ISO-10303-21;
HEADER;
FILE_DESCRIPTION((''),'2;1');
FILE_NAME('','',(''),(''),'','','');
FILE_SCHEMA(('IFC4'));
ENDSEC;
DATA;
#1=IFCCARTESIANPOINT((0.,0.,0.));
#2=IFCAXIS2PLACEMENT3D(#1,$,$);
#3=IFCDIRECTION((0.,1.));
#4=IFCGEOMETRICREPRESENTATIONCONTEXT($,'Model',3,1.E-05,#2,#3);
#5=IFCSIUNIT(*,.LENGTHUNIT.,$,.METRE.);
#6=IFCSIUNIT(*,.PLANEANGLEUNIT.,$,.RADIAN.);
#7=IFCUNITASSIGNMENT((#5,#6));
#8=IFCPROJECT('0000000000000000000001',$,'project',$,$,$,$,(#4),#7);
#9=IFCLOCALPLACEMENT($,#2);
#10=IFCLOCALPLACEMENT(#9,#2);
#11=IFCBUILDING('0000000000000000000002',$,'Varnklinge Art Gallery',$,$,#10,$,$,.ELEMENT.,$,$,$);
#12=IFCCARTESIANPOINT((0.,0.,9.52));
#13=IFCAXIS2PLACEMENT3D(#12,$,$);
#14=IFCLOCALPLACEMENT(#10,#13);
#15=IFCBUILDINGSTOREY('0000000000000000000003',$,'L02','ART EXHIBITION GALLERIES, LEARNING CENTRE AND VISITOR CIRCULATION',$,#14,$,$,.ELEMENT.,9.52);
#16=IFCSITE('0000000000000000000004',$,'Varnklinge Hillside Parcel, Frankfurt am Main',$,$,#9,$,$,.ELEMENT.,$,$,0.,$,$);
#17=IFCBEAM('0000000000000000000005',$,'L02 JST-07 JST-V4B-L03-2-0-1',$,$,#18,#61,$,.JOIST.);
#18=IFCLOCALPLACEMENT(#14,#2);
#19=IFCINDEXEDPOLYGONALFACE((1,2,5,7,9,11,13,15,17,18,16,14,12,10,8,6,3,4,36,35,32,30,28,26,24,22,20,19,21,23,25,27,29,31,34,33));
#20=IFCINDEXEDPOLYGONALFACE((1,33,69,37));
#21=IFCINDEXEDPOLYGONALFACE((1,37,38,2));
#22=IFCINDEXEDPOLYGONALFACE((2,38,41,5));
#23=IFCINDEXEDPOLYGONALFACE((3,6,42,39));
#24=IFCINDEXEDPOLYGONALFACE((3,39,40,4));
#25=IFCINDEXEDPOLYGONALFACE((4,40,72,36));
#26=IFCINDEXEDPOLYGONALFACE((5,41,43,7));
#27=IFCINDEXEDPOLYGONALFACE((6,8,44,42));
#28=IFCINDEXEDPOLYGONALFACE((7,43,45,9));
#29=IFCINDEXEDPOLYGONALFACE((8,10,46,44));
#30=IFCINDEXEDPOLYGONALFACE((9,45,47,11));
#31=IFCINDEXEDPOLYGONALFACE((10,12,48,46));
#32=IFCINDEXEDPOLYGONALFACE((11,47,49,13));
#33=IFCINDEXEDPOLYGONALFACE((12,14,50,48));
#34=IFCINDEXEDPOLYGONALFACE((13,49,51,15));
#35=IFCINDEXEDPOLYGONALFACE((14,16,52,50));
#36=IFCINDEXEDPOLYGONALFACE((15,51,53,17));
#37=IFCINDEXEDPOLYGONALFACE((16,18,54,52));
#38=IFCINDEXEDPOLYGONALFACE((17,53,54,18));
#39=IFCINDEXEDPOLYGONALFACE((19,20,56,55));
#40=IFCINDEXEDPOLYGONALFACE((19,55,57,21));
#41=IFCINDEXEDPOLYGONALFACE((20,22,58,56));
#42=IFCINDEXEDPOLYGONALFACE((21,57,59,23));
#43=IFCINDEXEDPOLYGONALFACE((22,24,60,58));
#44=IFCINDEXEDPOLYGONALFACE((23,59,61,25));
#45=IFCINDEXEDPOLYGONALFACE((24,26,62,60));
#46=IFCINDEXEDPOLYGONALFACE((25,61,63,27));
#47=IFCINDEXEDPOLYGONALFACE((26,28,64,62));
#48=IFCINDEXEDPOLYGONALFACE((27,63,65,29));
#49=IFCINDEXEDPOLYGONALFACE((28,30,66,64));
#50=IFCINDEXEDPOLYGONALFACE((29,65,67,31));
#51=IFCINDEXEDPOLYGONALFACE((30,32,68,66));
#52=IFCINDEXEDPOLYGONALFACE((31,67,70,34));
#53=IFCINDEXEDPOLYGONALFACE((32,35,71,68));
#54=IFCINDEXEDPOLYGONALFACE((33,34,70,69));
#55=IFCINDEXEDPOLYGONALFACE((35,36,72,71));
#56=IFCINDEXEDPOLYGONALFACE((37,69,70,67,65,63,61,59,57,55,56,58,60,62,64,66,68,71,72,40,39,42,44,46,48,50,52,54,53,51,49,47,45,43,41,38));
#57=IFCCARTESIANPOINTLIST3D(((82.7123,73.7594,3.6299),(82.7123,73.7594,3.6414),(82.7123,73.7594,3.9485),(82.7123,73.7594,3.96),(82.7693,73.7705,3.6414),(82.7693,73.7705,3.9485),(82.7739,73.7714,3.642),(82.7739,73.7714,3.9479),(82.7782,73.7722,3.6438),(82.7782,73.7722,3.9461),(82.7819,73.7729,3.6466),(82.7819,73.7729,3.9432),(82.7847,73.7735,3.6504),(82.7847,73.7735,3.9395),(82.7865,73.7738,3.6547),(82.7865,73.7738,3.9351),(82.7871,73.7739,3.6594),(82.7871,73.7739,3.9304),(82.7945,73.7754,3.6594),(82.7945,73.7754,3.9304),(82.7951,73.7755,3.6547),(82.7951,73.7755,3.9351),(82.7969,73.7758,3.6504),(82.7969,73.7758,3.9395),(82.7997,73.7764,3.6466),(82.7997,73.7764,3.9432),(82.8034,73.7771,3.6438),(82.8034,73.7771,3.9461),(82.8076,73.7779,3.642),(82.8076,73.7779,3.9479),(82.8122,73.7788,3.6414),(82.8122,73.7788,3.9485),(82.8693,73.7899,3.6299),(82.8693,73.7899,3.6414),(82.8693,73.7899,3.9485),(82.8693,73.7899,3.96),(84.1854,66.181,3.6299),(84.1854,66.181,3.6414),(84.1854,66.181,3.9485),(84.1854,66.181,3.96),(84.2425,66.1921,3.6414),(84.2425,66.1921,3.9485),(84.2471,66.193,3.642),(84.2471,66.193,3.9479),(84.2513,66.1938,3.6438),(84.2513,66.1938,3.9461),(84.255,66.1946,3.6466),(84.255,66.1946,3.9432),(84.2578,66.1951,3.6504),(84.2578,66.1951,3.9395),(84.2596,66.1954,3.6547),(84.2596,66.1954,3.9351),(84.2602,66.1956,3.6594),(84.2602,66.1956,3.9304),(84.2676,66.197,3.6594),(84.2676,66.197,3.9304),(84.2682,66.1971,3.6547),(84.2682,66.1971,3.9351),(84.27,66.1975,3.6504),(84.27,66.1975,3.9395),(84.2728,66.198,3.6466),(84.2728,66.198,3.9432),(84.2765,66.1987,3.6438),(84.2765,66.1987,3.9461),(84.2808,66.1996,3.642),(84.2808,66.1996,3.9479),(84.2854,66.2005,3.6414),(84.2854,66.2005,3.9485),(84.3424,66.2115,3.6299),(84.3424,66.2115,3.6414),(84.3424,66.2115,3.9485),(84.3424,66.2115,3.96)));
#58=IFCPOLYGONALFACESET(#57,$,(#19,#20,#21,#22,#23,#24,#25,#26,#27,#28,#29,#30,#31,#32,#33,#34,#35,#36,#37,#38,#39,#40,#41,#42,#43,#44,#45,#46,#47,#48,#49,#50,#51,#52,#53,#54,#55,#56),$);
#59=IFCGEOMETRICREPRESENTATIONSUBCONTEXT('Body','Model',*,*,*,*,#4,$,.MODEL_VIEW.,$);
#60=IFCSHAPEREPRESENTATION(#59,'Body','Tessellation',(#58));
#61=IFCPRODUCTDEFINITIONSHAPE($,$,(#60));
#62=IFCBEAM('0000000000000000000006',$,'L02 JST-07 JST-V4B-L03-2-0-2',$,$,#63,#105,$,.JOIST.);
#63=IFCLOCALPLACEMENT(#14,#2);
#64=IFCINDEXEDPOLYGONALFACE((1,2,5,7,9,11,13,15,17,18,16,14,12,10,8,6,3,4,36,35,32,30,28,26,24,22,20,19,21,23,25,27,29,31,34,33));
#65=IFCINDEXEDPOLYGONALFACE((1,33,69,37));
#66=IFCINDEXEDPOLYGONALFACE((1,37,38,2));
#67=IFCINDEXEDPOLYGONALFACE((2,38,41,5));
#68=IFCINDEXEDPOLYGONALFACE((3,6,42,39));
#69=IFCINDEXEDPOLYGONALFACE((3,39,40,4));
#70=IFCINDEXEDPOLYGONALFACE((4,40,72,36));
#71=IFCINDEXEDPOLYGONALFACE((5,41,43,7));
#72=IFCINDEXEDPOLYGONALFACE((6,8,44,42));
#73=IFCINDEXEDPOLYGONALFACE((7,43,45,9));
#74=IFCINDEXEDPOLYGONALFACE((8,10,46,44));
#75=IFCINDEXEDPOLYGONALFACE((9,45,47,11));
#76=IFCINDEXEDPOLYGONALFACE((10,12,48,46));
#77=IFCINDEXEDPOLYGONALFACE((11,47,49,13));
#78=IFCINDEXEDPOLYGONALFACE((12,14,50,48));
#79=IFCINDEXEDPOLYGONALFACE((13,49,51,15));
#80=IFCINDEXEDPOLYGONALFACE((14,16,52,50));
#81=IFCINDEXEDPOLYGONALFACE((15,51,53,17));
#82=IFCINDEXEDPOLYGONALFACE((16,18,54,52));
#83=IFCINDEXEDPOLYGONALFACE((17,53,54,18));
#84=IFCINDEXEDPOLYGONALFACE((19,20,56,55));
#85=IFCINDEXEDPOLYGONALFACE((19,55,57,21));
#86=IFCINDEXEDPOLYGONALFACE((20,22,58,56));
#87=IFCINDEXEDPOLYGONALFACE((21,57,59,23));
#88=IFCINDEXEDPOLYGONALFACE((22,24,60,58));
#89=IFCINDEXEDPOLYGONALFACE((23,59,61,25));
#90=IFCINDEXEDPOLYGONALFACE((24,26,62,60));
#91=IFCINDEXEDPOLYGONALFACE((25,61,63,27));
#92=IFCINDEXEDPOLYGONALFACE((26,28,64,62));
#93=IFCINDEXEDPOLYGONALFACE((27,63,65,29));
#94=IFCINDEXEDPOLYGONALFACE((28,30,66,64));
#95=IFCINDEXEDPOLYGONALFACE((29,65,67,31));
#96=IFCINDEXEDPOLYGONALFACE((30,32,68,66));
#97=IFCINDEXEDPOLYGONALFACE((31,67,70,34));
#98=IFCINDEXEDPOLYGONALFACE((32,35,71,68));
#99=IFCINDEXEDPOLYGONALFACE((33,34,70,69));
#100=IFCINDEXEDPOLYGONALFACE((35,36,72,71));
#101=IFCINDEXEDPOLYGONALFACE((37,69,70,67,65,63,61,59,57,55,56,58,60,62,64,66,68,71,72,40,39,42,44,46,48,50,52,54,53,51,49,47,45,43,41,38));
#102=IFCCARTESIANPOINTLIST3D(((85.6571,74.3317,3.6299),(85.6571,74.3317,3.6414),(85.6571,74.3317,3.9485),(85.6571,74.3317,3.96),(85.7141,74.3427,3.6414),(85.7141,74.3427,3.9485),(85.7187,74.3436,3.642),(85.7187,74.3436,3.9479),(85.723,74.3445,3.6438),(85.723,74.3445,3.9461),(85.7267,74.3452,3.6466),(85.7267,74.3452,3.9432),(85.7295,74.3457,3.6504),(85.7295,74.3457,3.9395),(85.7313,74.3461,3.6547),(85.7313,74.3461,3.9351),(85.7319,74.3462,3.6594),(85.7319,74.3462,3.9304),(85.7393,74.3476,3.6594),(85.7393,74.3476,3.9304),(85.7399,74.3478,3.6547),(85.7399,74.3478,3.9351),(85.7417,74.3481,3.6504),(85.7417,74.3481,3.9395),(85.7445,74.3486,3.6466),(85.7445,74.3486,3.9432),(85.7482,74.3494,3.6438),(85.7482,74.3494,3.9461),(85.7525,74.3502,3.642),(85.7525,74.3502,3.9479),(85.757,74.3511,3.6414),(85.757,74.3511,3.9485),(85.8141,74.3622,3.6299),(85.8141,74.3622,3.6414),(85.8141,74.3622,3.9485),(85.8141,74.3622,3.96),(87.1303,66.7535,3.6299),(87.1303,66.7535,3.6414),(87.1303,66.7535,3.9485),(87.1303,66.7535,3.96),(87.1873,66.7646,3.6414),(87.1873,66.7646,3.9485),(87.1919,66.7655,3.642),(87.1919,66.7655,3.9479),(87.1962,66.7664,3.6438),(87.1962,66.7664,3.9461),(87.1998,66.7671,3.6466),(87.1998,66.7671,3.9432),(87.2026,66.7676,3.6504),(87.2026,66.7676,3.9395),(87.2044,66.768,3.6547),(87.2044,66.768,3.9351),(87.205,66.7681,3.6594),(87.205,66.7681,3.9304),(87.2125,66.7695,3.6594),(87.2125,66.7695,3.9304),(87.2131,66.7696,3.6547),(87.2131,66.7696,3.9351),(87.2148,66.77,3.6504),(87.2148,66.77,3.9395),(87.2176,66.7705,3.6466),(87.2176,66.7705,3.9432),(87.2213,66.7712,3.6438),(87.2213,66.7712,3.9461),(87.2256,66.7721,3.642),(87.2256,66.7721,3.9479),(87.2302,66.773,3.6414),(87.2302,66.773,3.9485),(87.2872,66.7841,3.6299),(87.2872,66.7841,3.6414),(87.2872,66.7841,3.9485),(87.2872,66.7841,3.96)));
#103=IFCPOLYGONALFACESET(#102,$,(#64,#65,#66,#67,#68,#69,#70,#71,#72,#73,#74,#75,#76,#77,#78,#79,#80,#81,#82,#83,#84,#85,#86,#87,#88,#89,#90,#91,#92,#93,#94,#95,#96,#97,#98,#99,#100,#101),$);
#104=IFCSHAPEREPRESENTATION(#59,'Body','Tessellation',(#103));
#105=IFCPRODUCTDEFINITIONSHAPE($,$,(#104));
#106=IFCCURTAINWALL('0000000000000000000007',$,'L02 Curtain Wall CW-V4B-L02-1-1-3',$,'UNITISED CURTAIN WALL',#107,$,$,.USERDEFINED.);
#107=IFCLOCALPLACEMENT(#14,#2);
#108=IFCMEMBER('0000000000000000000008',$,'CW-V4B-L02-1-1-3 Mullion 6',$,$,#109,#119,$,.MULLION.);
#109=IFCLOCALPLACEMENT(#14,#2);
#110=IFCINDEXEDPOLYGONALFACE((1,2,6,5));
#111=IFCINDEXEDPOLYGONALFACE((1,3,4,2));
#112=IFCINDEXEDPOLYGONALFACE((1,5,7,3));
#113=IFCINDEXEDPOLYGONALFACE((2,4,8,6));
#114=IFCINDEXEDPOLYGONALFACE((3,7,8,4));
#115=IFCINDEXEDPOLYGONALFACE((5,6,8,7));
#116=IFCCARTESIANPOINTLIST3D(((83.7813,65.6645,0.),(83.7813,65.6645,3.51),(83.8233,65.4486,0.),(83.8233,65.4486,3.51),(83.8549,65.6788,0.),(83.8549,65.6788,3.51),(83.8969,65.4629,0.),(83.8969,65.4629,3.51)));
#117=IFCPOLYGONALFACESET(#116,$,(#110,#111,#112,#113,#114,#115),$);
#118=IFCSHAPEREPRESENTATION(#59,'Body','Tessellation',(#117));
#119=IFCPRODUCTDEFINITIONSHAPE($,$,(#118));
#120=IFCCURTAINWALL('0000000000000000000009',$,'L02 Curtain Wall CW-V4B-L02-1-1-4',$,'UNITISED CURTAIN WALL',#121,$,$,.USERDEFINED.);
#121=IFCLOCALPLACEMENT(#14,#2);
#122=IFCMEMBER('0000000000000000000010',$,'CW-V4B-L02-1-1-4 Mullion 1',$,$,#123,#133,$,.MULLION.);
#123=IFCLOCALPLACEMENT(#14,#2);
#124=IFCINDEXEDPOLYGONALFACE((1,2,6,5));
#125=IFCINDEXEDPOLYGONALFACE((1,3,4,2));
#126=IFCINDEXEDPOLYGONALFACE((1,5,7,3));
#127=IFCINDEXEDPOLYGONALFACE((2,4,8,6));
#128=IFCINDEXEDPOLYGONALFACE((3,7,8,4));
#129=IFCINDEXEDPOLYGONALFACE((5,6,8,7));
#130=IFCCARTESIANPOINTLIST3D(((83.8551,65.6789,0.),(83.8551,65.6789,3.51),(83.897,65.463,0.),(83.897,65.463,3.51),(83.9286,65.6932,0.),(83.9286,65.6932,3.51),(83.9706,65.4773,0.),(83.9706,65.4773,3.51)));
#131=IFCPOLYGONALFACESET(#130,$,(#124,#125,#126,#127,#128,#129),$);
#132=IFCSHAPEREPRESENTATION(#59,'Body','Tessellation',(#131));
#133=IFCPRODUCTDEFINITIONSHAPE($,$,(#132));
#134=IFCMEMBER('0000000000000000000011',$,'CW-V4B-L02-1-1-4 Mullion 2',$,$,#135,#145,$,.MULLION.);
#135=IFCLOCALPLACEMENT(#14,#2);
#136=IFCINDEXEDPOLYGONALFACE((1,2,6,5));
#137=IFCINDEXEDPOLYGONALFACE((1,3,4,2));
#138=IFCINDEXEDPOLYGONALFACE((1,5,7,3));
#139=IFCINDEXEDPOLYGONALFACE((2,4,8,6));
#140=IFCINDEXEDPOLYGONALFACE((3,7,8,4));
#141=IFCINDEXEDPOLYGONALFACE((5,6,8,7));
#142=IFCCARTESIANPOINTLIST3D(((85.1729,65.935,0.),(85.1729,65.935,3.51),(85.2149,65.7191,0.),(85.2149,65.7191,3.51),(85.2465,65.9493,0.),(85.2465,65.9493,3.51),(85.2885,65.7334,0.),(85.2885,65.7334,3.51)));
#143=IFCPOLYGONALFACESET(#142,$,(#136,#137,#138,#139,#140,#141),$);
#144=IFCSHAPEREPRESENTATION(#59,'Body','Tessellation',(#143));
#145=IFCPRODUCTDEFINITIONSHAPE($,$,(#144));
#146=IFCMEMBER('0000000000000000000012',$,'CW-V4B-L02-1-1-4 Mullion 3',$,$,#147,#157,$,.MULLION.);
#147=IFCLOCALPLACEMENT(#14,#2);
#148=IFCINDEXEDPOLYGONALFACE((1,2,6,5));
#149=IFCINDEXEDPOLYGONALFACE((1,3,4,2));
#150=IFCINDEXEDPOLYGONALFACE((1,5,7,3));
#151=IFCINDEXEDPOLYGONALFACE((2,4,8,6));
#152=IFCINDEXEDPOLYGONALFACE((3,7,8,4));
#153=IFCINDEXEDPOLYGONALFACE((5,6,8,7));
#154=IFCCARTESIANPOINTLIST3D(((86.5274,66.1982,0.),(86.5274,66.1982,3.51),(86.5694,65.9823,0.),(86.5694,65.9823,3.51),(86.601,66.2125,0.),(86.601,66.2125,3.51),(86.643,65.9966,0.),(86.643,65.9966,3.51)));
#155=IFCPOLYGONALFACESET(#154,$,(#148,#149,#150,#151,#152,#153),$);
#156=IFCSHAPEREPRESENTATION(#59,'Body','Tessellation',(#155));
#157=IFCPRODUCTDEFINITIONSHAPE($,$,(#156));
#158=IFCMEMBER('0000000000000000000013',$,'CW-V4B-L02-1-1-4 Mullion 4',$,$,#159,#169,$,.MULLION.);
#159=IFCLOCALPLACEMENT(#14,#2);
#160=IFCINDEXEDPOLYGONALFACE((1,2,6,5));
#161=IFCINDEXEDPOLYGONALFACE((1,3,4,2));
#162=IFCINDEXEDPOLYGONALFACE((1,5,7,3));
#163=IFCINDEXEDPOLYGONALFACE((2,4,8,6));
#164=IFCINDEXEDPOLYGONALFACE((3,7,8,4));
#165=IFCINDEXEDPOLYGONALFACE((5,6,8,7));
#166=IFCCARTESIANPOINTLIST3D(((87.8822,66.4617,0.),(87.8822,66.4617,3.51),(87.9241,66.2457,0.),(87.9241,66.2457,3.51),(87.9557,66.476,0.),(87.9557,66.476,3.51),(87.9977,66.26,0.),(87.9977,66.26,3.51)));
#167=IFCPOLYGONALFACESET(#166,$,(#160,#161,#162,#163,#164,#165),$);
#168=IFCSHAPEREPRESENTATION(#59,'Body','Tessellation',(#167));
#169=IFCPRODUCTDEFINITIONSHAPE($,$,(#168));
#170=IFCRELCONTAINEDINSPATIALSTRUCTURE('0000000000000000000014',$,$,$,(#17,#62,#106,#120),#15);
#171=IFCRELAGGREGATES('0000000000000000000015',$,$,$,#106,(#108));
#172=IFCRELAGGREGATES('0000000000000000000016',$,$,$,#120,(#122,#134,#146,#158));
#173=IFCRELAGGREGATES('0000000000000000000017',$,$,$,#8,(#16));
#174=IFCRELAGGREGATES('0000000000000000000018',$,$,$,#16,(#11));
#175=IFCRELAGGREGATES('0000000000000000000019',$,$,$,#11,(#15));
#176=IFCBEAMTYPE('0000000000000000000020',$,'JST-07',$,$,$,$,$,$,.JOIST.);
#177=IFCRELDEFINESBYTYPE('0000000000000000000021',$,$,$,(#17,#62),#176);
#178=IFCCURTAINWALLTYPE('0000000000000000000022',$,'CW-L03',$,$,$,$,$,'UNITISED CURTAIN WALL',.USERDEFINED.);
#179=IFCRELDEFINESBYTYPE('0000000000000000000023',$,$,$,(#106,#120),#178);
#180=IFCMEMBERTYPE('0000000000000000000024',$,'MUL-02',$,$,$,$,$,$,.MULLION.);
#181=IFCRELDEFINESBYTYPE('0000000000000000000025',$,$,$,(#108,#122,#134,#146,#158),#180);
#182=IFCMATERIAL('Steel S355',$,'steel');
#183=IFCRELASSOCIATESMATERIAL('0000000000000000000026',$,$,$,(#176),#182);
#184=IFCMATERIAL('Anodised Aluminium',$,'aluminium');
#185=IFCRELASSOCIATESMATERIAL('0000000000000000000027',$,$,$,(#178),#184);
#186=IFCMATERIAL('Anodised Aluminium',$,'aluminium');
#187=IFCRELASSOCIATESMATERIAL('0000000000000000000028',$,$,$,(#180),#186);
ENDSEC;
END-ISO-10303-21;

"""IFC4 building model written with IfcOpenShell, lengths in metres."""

from ifc_helpers import new_model, si_unit, direction, frame, origin, origin_2d, place, context, subcontext, project, spatial, rectangle, i_section, extrude, material, material_profile, profile_set, type_object, element, aggregate, save


model = new_model("IFC4")

# Units and contexts
model_context = context("Model", 3, precision=1e-05, world=origin(), true_north=direction((0.0, 1.0)))
body_context = subcontext(model_context, "Body", "Model", "MODEL_VIEW")
ifc_project = project(units=[si_unit("LENGTHUNIT", "METRE"), si_unit("PLANEANGLEUNIT", "RADIAN")], contexts=[model_context])

# Site, building, storey
site_placement = place(None, origin())
site = spatial("IfcSite", under=ifc_project, at=site_placement, Name="Varnklinge Hillside Parcel, Frankfurt am Main", CompositionType="ELEMENT", RefElevation=0.0)
building_placement = place(site_placement, origin())
building = spatial("IfcBuilding", under=site, at=building_placement, Name="Varnklinge Art Gallery", CompositionType="ELEMENT")
storey_placement = place(building_placement, frame((0.0, 0.0, 9.52)))
storey = spatial("IfcBuildingStorey", under=building, at=storey_placement, Name="L02", Description="ART EXHIBITION GALLERIES, LEARNING CENTRE AND VISITOR CIRCULATION", CompositionType="ELEMENT", Elevation=9.52)

# Beams
ifc_material_1 = material(Name="Steel S355", Category="steel")
ifc_material_profile_1 = material_profile(ifc_material_1, i_section(OverallWidth=0.1599, OverallDepth=0.3301, WebThickness=0.0076, FlangeThickness=0.0115, FilletRadius=0.0181, at=origin_2d()), Name="IPE 330")
ifc_profile_set_1 = profile_set([ifc_material_profile_1], Name="Steel S355")
beam_type_1 = type_object("IfcBeamType", Name="JST-07", PredefinedType="JOIST", material=ifc_profile_set_1)
beam_1_placement = place(storey_placement, frame((84.2639, 66.1963, 3.7949), z_axis=(-0.190816, 0.981626, 0.0), x_axis=(-0.981626, -0.190816, 0.0)))
element("IfcBeam", 1, at=beam_1_placement, inside=storey, type_object=beam_type_1, Name="L02 JST-07 JST-V4B-L03-2-0-1", PredefinedType="JOIST", context=body_context, shape_type="SweptSolid", body=[
    extrude(i_section(OverallWidth=0.1599, OverallDepth=0.3301, WebThickness=0.0076, FlangeThickness=0.0115, FilletRadius=0.0181, at=origin_2d()), origin(), (0.0, 0.0, 1.0), 7.7202),
])
beam_2_placement = place(storey_placement, frame((87.2087, 66.7688, 3.7949), z_axis=(-0.190822, 0.981625, 0.0), x_axis=(-0.981625, -0.190822, 0.0)))
element("IfcBeam", 2, at=beam_2_placement, inside=storey, type_object=beam_type_1, Name="L02 JST-07 JST-V4B-L03-2-0-2", PredefinedType="JOIST", context=body_context, shape_type="SweptSolid", body=[
    extrude(i_section(OverallWidth=0.1599, OverallDepth=0.3301, WebThickness=0.0076, FlangeThickness=0.0115, FilletRadius=0.0181, at=origin_2d()), origin(), (0.0, 0.0, 1.0), 7.72),
])

# Curtain wall, member
ifc_material_2 = material(Name="Anodised Aluminium", Category="aluminium")
curtain_wall_type = type_object("IfcCurtainWallType", Name="CW-L03", ElementType="UNITISED CURTAIN WALL", PredefinedType="USERDEFINED", material=ifc_material_2)
curtain_wall_1_placement = place(storey_placement, origin())
curtain_wall_1 = element("IfcCurtainWall", 3, at=curtain_wall_1_placement, inside=storey, type_object=curtain_wall_type, Name="L02 Curtain Wall CW-V4B-L02-1-1-3", ObjectType="UNITISED CURTAIN WALL", PredefinedType="USERDEFINED")
ifc_material_3 = material(Name="Anodised Aluminium", Category="aluminium")
ifc_material_profile_2 = material_profile(ifc_material_3, rectangle(XDim=0.075, YDim=0.22, at=origin_2d()), Name="ALU 75x220")
ifc_profile_set_2 = profile_set([ifc_material_profile_2], Name="Anodised Aluminium")
member_type_1 = type_object("IfcMemberType", Name="MUL-02", PredefinedType="MULLION", material=ifc_profile_set_2)
member_1_placement = place(storey_placement, frame((83.8391, 65.5637, 0.0), z_axis=(0.0, 0.0, 1.0), x_axis=(0.981627, 0.190809, 0.0)))
member_1 = element("IfcMember", 4, at=member_1_placement, type_object=member_type_1, Name="CW-V4B-L02-1-1-3 Mullion 6", PredefinedType="MULLION", context=body_context, shape_type="SweptSolid", body=[
    extrude(rectangle(XDim=0.075, YDim=0.22, at=origin_2d()), origin(), (0.0, 0.0, 1.0), 3.51),
])

# Curtain wall, members
curtain_wall_2_placement = place(storey_placement, origin())
curtain_wall_2 = element("IfcCurtainWall", 5, at=curtain_wall_2_placement, inside=storey, type_object=curtain_wall_type, Name="L02 Curtain Wall CW-V4B-L02-1-1-4", ObjectType="UNITISED CURTAIN WALL", PredefinedType="USERDEFINED")
member_2_placement = place(storey_placement, frame((83.9128, 65.5781, 0.0), z_axis=(0.0, 0.0, 1.0), x_axis=(0.981627, 0.190809, 0.0)))
member_2 = element("IfcMember", 6, at=member_2_placement, type_object=member_type_1, Name="CW-V4B-L02-1-1-4 Mullion 1", PredefinedType="MULLION", context=body_context, shape_type="SweptSolid", body=[
    extrude(rectangle(XDim=0.075, YDim=0.22, at=origin_2d()), origin(), (0.0, 0.0, 1.0), 3.51),
])
member_3_placement = place(storey_placement, frame((85.2307, 65.8342, 0.0), z_axis=(0.0, 0.0, 1.0), x_axis=(0.981627, 0.190809, 0.0)))
member_3 = element("IfcMember", 7, at=member_3_placement, type_object=member_type_1, Name="CW-V4B-L02-1-1-4 Mullion 2", PredefinedType="MULLION", context=body_context, shape_type="SweptSolid", body=[
    extrude(rectangle(XDim=0.075, YDim=0.22, at=origin_2d()), origin(), (0.0, 0.0, 1.0), 3.51),
])
member_4_placement = place(storey_placement, frame((86.5852, 66.0974, 0.0), z_axis=(0.0, 0.0, 1.0), x_axis=(0.981627, 0.190809, 0.0)))
member_4 = element("IfcMember", 8, at=member_4_placement, type_object=member_type_1, Name="CW-V4B-L02-1-1-4 Mullion 3", PredefinedType="MULLION", context=body_context, shape_type="SweptSolid", body=[
    extrude(rectangle(XDim=0.075, YDim=0.22, at=origin_2d()), origin(), (0.0, 0.0, 1.0), 3.51),
])
member_5_placement = place(storey_placement, frame((87.9399, 66.3608, 0.0), z_axis=(0.0, 0.0, 1.0), x_axis=(0.981627, 0.190809, 0.0)))
member_5 = element("IfcMember", 9, at=member_5_placement, type_object=member_type_1, Name="CW-V4B-L02-1-1-4 Mullion 4", PredefinedType="MULLION", context=body_context, shape_type="SweptSolid", body=[
    extrude(rectangle(XDim=0.075, YDim=0.22, at=origin_2d()), origin(), (0.0, 0.0, 1.0), 3.51),
])

aggregate(curtain_wall_1, [member_1])
aggregate(curtain_wall_2, [member_2, member_3, member_4, member_5])

save(model, "model.ifc")
